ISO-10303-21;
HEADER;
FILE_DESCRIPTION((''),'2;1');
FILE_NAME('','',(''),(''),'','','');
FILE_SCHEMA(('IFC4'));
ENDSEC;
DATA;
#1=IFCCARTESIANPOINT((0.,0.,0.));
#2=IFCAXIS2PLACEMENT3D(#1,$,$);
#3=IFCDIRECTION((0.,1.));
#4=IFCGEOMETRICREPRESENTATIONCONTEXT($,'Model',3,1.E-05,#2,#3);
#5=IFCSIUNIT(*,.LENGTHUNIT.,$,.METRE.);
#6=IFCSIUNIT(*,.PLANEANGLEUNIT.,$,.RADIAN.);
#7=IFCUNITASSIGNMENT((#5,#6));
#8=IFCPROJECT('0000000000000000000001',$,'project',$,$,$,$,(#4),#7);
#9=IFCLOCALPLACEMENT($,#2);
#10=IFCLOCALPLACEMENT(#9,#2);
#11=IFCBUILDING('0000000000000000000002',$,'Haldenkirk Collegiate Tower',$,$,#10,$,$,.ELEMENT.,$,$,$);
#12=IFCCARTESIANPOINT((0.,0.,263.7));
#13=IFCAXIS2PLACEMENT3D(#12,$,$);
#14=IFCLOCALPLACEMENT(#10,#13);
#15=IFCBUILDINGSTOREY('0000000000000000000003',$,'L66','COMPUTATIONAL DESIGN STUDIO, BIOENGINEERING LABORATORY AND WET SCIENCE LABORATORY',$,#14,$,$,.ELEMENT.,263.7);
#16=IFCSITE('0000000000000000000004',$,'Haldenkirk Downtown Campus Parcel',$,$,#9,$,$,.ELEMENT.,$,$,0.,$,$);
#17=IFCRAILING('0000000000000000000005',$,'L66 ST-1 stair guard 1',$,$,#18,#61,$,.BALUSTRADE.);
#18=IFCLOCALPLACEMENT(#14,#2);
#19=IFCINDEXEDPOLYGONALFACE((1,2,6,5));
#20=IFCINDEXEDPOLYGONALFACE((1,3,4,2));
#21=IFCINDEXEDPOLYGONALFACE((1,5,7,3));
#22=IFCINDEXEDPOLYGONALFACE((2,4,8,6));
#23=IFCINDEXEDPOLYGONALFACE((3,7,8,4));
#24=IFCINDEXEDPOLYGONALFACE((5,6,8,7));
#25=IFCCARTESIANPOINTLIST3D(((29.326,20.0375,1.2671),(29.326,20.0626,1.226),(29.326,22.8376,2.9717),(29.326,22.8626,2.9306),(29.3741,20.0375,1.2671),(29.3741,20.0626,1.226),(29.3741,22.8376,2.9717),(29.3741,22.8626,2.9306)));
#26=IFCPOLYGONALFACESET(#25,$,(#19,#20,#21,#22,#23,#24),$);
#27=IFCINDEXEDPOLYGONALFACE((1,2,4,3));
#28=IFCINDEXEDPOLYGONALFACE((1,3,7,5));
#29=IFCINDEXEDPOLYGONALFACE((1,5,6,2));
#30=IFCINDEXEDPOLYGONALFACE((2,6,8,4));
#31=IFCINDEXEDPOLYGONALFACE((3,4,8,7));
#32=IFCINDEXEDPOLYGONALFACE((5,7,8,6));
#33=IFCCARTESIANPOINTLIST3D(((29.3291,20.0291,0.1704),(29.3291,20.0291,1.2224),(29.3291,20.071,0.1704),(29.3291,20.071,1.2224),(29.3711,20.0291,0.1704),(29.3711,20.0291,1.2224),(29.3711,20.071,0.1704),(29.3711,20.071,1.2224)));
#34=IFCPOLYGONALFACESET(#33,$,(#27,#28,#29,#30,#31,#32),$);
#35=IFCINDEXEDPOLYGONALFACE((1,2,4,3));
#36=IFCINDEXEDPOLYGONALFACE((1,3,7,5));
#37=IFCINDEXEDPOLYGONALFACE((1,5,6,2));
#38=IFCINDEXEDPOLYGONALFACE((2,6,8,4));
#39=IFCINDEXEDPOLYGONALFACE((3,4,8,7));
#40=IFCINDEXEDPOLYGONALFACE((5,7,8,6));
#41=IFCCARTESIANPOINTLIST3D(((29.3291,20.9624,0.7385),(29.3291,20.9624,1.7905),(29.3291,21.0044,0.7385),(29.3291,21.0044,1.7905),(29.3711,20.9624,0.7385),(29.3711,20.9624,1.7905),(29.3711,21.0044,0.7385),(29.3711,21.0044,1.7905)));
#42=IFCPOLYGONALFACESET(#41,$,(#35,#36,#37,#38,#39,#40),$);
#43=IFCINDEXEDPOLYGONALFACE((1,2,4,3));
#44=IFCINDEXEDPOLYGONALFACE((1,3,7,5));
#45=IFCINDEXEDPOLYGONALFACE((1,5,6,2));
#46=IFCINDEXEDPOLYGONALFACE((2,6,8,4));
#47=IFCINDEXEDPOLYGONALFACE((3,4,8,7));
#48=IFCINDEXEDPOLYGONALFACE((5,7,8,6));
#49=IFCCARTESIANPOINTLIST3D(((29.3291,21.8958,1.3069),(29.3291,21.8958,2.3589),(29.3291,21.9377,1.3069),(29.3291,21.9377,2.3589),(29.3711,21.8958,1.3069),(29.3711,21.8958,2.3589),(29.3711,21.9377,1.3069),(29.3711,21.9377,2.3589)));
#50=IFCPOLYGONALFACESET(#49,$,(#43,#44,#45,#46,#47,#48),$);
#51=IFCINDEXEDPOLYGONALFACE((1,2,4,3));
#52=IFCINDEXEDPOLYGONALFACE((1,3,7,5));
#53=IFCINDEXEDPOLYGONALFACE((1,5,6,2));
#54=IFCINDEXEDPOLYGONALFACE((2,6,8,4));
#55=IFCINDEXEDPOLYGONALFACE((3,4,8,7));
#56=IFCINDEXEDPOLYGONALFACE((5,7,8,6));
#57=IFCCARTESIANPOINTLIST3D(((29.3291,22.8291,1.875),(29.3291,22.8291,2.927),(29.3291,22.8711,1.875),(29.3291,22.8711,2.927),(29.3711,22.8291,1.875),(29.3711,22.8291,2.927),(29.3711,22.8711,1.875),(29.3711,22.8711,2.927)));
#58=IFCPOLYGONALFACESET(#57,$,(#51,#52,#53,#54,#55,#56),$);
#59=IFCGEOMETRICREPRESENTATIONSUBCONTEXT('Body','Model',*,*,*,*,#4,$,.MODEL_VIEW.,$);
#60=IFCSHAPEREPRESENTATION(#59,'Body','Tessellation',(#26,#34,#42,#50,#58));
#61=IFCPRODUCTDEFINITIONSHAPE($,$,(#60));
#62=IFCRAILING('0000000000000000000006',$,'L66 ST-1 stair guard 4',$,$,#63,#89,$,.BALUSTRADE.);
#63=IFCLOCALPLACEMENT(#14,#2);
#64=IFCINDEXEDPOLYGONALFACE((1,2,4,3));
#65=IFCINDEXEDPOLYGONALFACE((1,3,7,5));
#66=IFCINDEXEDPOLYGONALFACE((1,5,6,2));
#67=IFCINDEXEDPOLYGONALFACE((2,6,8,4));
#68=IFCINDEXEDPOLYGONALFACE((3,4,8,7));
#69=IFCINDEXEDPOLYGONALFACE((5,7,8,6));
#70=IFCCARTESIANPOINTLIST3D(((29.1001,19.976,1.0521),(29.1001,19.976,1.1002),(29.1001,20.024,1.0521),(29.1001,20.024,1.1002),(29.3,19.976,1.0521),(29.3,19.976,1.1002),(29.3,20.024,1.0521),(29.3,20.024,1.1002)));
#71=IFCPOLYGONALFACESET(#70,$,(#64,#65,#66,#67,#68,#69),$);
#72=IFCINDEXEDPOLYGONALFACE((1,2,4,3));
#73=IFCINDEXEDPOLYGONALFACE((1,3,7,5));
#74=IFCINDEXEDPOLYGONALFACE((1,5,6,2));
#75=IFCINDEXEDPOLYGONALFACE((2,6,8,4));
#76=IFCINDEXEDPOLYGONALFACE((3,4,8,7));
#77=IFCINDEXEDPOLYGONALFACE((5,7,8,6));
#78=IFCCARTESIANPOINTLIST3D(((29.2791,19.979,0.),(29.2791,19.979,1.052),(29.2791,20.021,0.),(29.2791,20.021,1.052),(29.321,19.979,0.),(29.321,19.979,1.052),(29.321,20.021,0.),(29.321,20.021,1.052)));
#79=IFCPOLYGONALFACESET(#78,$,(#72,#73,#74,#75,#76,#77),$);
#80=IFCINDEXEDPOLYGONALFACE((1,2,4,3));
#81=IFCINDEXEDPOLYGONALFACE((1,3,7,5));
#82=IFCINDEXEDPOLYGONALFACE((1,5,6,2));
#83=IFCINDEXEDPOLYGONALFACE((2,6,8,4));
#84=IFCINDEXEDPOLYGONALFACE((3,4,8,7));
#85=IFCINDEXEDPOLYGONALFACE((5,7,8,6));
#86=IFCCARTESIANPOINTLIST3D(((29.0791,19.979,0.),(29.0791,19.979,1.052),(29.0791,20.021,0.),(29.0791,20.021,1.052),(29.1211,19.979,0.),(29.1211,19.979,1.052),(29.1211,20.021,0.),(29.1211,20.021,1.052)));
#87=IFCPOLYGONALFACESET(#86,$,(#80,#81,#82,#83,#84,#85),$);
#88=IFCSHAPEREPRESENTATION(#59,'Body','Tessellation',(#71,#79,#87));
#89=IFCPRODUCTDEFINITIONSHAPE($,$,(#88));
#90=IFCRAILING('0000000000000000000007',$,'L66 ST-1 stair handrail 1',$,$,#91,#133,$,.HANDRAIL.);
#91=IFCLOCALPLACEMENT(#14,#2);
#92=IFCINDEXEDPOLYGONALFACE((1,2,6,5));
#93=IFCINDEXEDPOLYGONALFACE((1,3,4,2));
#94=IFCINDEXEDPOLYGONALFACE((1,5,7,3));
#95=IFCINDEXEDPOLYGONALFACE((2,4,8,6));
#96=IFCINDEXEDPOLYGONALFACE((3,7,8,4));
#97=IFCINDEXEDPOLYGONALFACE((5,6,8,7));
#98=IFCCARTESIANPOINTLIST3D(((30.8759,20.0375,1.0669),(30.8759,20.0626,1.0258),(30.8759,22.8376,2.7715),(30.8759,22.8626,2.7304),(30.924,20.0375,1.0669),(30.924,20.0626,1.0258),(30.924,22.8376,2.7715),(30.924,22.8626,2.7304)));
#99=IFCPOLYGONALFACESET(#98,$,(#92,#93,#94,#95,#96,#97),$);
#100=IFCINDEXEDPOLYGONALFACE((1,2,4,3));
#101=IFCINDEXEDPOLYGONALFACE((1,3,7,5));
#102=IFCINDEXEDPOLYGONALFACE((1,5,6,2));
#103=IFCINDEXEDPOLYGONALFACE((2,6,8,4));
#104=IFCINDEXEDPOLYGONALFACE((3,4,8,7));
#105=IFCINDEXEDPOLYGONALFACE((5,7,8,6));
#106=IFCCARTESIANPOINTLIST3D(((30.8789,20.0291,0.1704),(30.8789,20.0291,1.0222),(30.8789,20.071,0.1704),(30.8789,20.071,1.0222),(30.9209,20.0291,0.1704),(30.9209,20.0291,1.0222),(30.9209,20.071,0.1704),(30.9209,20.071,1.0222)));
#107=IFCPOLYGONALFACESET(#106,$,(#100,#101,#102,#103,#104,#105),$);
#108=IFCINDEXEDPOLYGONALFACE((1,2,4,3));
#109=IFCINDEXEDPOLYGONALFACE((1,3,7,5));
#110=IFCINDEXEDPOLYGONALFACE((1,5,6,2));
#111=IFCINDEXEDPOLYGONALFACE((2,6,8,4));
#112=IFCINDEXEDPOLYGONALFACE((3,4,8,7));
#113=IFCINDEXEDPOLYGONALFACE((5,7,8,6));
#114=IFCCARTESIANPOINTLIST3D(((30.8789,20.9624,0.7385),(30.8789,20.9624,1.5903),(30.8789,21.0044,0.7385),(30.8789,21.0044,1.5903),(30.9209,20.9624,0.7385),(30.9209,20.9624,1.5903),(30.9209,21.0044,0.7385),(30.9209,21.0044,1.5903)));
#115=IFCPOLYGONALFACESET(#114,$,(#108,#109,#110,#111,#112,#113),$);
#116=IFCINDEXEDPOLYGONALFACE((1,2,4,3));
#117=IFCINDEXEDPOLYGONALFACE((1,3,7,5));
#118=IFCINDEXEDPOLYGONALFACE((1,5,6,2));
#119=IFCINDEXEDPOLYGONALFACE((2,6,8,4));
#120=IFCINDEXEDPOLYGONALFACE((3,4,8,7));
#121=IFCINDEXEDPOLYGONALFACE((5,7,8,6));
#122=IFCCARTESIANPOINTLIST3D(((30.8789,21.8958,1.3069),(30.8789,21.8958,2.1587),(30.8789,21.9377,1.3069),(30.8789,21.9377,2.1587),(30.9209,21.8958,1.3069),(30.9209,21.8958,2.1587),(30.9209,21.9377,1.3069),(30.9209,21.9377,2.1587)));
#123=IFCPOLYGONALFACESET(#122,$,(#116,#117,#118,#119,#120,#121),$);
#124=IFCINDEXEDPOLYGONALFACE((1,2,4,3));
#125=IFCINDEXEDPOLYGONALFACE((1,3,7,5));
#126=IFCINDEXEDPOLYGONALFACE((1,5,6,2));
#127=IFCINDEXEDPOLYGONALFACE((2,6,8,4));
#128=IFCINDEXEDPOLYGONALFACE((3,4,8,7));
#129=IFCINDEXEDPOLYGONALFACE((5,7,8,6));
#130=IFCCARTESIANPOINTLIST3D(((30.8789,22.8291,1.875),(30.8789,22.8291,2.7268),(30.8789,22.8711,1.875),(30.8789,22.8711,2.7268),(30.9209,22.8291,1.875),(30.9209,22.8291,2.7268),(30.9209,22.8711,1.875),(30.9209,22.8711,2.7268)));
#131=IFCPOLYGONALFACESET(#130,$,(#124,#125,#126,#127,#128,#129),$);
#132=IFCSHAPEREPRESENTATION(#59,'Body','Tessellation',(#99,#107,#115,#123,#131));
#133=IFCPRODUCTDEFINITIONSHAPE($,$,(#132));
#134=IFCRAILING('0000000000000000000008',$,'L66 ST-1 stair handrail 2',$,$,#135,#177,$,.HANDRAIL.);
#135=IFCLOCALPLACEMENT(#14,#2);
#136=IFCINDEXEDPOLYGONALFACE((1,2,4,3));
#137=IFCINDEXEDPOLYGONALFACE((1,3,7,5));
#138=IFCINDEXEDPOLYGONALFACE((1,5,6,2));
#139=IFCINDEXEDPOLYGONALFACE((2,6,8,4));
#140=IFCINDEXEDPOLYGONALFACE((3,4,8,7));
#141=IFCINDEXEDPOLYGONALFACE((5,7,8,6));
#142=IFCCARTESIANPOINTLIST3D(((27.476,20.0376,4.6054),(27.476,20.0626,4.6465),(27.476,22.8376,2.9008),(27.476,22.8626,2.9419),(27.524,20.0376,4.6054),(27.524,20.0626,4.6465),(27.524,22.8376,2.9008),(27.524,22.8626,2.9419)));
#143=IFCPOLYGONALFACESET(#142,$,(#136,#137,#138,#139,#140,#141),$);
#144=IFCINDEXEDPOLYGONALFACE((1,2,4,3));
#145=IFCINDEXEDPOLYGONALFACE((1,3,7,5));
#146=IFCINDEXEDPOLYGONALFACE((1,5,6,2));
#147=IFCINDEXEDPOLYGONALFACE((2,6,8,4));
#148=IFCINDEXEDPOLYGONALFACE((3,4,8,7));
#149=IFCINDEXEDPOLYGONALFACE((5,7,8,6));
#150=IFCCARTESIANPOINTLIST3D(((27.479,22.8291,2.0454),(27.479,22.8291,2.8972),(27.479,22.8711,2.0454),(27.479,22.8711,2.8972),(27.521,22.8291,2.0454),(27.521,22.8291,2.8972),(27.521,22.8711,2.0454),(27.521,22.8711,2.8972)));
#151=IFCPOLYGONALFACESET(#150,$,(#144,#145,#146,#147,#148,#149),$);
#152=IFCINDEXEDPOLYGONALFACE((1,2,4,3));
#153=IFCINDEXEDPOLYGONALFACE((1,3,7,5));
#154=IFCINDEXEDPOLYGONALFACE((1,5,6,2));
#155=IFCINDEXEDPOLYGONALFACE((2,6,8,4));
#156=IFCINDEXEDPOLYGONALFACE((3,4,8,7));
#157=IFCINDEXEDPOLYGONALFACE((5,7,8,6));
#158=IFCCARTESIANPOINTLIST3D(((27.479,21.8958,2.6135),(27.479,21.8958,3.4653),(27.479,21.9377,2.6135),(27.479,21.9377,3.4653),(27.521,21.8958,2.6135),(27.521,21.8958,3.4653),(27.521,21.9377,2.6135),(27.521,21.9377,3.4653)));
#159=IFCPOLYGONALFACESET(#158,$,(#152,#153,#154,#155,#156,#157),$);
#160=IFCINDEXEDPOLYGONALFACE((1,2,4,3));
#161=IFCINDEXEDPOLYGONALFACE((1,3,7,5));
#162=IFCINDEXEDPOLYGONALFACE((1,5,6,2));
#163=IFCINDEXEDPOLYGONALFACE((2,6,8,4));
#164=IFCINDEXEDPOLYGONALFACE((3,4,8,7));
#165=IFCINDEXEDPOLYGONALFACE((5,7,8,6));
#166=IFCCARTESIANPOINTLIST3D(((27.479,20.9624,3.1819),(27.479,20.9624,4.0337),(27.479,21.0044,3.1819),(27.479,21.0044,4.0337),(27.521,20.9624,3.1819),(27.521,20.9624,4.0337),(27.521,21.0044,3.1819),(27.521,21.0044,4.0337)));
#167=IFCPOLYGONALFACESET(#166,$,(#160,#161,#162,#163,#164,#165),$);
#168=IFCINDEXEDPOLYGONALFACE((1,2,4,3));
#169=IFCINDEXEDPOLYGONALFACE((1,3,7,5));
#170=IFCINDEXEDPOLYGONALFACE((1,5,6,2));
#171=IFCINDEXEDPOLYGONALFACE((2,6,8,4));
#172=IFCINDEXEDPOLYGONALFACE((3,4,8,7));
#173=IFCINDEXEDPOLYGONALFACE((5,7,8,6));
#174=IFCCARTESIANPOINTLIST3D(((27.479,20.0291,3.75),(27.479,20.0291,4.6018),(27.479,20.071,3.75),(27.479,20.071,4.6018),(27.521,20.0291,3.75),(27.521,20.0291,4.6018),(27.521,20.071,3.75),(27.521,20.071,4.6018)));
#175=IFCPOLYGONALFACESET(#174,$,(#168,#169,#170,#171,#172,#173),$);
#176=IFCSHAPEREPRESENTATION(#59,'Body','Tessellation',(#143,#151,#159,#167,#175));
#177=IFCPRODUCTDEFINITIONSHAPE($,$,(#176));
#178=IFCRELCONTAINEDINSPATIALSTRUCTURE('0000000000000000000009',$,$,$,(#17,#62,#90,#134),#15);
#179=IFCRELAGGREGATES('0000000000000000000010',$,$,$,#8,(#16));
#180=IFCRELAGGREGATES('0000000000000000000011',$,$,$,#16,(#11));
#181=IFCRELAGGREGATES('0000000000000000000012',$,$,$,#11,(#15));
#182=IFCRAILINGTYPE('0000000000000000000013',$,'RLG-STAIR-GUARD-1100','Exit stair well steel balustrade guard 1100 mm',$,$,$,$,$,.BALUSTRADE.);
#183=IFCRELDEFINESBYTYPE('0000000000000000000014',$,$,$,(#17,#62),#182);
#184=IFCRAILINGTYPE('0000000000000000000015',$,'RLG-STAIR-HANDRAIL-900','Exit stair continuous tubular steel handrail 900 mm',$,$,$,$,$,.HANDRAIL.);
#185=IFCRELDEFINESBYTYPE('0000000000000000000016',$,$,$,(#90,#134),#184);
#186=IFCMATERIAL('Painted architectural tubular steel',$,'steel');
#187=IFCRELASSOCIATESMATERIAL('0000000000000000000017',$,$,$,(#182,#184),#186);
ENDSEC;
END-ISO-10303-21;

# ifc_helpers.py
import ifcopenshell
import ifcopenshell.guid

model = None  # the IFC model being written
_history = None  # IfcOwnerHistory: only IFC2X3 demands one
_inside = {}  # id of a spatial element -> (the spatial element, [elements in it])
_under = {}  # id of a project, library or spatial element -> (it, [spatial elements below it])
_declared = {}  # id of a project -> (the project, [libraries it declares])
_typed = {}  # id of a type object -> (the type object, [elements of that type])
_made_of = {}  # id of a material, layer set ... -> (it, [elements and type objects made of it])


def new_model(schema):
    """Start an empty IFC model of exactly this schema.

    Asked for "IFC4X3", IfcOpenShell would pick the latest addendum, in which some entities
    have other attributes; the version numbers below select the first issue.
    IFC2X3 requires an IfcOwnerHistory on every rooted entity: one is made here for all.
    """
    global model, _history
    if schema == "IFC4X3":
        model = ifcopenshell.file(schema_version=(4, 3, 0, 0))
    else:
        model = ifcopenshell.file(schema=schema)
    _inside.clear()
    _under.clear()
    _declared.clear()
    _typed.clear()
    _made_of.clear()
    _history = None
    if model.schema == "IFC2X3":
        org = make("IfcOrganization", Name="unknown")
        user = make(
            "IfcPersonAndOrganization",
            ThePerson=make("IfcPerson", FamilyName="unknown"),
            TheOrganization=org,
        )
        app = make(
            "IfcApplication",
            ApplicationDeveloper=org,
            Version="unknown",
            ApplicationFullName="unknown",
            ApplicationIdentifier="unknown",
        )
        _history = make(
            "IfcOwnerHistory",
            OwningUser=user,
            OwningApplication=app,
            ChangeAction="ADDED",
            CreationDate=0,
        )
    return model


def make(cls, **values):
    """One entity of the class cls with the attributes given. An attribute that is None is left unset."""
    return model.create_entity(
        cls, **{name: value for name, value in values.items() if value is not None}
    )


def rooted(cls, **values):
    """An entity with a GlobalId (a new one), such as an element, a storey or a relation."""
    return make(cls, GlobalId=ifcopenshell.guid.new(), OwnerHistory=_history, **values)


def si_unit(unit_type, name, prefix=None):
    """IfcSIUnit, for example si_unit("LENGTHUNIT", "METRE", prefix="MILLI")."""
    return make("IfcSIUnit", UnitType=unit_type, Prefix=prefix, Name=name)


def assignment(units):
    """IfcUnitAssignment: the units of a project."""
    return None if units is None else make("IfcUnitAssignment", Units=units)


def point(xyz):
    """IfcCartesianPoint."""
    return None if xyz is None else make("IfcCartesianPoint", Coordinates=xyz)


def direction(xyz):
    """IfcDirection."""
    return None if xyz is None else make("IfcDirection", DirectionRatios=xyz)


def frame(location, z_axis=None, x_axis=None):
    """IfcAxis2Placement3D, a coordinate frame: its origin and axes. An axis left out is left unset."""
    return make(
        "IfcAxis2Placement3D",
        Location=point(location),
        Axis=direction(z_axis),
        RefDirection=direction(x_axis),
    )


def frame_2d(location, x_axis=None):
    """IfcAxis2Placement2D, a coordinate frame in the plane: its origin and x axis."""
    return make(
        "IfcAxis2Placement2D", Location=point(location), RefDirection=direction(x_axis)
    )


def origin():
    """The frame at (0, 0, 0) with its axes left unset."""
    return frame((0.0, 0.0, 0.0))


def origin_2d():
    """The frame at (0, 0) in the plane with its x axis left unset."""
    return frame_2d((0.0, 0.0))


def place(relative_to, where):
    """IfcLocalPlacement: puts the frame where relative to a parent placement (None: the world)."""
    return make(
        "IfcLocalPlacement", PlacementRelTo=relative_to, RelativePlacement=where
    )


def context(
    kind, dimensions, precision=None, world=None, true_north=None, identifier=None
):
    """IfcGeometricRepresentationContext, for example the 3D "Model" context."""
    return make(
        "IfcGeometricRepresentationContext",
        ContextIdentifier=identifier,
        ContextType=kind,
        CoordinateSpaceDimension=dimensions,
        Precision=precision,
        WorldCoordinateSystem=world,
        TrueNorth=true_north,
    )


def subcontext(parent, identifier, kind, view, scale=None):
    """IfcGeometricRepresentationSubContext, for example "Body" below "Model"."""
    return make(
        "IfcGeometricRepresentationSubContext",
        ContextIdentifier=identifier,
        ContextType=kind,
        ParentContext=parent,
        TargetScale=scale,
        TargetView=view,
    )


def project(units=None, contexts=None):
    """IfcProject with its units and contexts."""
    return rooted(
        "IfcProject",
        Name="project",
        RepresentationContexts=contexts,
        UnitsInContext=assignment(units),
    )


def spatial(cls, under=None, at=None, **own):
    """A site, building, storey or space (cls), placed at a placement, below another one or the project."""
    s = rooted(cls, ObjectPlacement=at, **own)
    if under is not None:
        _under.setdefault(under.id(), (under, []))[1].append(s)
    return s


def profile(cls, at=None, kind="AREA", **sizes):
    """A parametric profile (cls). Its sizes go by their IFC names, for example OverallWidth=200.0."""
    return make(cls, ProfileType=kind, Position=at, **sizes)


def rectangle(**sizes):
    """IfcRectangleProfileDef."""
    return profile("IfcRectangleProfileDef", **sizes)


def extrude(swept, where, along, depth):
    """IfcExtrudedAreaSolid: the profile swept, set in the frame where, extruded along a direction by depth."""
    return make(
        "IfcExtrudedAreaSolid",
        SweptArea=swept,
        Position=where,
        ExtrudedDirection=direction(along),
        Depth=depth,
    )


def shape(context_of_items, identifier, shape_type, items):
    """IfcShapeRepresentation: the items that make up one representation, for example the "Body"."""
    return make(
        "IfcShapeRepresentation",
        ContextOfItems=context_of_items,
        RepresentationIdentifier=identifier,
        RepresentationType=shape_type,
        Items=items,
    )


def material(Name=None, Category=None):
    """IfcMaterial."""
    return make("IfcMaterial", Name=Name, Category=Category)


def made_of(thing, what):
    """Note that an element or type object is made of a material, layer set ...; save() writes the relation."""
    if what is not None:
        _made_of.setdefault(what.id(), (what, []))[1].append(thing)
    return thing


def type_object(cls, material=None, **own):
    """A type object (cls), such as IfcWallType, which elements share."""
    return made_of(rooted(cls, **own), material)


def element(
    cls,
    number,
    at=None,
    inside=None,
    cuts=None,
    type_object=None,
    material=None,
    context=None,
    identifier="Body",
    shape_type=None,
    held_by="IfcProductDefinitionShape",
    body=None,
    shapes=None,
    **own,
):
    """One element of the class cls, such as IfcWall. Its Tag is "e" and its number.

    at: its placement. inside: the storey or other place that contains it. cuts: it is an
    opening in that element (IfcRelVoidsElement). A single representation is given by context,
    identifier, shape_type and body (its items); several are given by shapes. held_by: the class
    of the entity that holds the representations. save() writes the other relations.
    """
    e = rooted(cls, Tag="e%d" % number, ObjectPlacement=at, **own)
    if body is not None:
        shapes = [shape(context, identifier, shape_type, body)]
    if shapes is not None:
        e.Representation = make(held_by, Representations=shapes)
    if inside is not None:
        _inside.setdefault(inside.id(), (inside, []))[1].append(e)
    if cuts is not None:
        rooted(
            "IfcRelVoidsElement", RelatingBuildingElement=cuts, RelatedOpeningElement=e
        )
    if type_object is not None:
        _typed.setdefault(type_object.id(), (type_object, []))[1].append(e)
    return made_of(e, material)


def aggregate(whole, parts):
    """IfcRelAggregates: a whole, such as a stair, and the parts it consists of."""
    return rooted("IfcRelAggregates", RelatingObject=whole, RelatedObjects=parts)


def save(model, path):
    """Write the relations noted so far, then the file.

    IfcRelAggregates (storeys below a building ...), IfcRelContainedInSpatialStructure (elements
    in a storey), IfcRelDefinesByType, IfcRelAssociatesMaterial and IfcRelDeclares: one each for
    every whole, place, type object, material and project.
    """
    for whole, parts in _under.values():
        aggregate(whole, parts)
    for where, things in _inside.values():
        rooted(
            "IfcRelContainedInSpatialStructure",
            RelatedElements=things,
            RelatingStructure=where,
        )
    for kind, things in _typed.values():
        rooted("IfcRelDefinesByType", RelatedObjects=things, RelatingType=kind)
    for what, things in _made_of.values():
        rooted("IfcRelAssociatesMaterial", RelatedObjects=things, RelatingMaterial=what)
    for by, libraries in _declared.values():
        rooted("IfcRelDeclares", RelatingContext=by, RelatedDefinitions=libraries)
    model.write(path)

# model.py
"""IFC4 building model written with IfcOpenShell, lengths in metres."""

from ifc_helpers import new_model, si_unit, direction, frame, origin, origin_2d, place, context, subcontext, project, spatial, rectangle, extrude, material, type_object, element, save


model = new_model("IFC4")

# Units and contexts
model_context = context("Model", 3, precision=1e-05, world=origin(), true_north=direction((0.0, 1.0)))
body_context = subcontext(model_context, "Body", "Model", "MODEL_VIEW")
ifc_project = project(units=[si_unit("LENGTHUNIT", "METRE"), si_unit("PLANEANGLEUNIT", "RADIAN")], contexts=[model_context])

# Site, building, storey
site_placement = place(None, origin())
site = spatial("IfcSite", under=ifc_project, at=site_placement, Name="Haldenkirk Downtown Campus Parcel", CompositionType="ELEMENT", RefElevation=0.0)
building_placement = place(site_placement, origin())
building = spatial("IfcBuilding", under=site, at=building_placement, Name="Haldenkirk Collegiate Tower", CompositionType="ELEMENT")
storey_placement = place(building_placement, frame((0.0, 0.0, 263.7)))
storey = spatial("IfcBuildingStorey", under=building, at=storey_placement, Name="L66", Description="COMPUTATIONAL DESIGN STUDIO, BIOENGINEERING LABORATORY AND WET SCIENCE LABORATORY", CompositionType="ELEMENT", Elevation=263.7)

# Railings
ifc_material_1 = material(Name="Painted architectural tubular steel", Category="steel")
railing_type_1 = type_object("IfcRailingType", Name="RLG-STAIR-GUARD-1100", Description="Exit stair well steel balustrade guard 1100 mm", PredefinedType="BALUSTRADE", material=ifc_material_1)
railing_1_placement = place(storey_placement, frame((29.3501, 20.05, 0.1704)))
element("IfcRailing", 1, at=railing_1_placement, inside=storey, type_object=railing_type_1, Name="L66 ST-1 stair guard 1", PredefinedType="BALUSTRADE", context=body_context, shape_type="SweptSolid", body=[
    extrude(rectangle(XDim=0.0481, YDim=0.0481, at=origin_2d()), frame((0.0, 0.0, 1.0762), z_axis=(0.0, 0.85417, 0.519994), x_axis=(-1.0, 0.0, 0.0)), (0.0, 0.0, 1.0), 3.2781),
    extrude(rectangle(XDim=0.042, YDim=0.042, at=origin_2d()), origin(), (0.0, 0.0, 1.0), 1.052),
    extrude(rectangle(XDim=0.042, YDim=0.042, at=origin_2d()), frame((0.0, 0.9333, 0.5681)), (0.0, 0.0, 1.0), 1.052),
    extrude(rectangle(XDim=0.042, YDim=0.042, at=origin_2d()), frame((0.0, 1.8667, 1.1365)), (0.0, 0.0, 1.0), 1.052),
    extrude(rectangle(XDim=0.042, YDim=0.042, at=origin_2d()), frame((0.0, 2.8, 1.7046)), (0.0, 0.0, 1.0), 1.052),
])
railing_2_placement = place(storey_placement, frame((29.3, 20.0, 0.0)))
element("IfcRailing", 2, at=railing_2_placement, inside=storey, type_object=railing_type_1, Name="L66 ST-1 stair guard 4", PredefinedType="BALUSTRADE", context=body_context, shape_type="SweptSolid", body=[
    extrude(rectangle(XDim=0.0481, YDim=0.0481, at=origin_2d()), frame((0.0, 0.0, 1.0762), z_axis=(-1.0, 0.0, 0.0), x_axis=(0.0, -1.0, 0.0)), (0.0, 0.0, 1.0), 0.2),
    extrude(rectangle(XDim=0.042, YDim=0.042, at=origin_2d()), origin(), (0.0, 0.0, 1.0), 1.052),
    extrude(rectangle(XDim=0.042, YDim=0.042, at=origin_2d()), frame((-0.2, 0.0, 0.0)), (0.0, 0.0, 1.0), 1.052),
])
railing_type_2 = type_object("IfcRailingType", Name="RLG-STAIR-HANDRAIL-900", Description="Exit stair continuous tubular steel handrail 900 mm", PredefinedType="HANDRAIL", material=ifc_material_1)
railing_3_placement = place(storey_placement, frame((30.8999, 20.05, 0.1704)))
element("IfcRailing", 3, at=railing_3_placement, inside=storey, type_object=railing_type_2, Name="L66 ST-1 stair handrail 1", PredefinedType="HANDRAIL", context=body_context, shape_type="SweptSolid", body=[
    extrude(rectangle(XDim=0.0481, YDim=0.0481, at=origin_2d()), frame((0.0, 0.0, 0.876), z_axis=(0.0, 0.85417, 0.519994), x_axis=(-1.0, 0.0, 0.0)), (0.0, 0.0, 1.0), 3.2781),
    extrude(rectangle(XDim=0.042, YDim=0.042, at=origin_2d()), origin(), (0.0, 0.0, 1.0), 0.8518),
    extrude(rectangle(XDim=0.042, YDim=0.042, at=origin_2d()), frame((0.0, 0.9333, 0.5681)), (0.0, 0.0, 1.0), 0.8518),
    extrude(rectangle(XDim=0.042, YDim=0.042, at=origin_2d()), frame((0.0, 1.8667, 1.1365)), (0.0, 0.0, 1.0), 0.8518),
    extrude(rectangle(XDim=0.042, YDim=0.042, at=origin_2d()), frame((0.0, 2.8, 1.7046)), (0.0, 0.0, 1.0), 0.8518),
])
railing_4_placement = place(storey_placement, frame((27.5, 22.8501, 2.0454)))
element("IfcRailing", 4, at=railing_4_placement, inside=storey, type_object=railing_type_2, Name="L66 ST-1 stair handrail 2", PredefinedType="HANDRAIL", context=body_context, shape_type="SweptSolid", body=[
    extrude(rectangle(XDim=0.0481, YDim=0.0481, at=origin_2d()), frame((0.0, 0.0, 0.876), z_axis=(0.0, -0.85417, 0.519994), x_axis=(1.0, 0.0, 0.0)), (0.0, 0.0, 1.0), 3.2781),
    extrude(rectangle(XDim=0.042, YDim=0.042, at=origin_2d()), origin(), (0.0, 0.0, 1.0), 0.8518),
    extrude(rectangle(XDim=0.042, YDim=0.042, at=origin_2d()), frame((0.0, -0.9333, 0.5681)), (0.0, 0.0, 1.0), 0.8518),
    extrude(rectangle(XDim=0.042, YDim=0.042, at=origin_2d()), frame((0.0, -1.8667, 1.1365)), (0.0, 0.0, 1.0), 0.8518),
    extrude(rectangle(XDim=0.042, YDim=0.042, at=origin_2d()), frame((0.0, -2.8, 1.7046)), (0.0, 0.0, 1.0), 0.8518),
])

save(model, "model.ifc")
